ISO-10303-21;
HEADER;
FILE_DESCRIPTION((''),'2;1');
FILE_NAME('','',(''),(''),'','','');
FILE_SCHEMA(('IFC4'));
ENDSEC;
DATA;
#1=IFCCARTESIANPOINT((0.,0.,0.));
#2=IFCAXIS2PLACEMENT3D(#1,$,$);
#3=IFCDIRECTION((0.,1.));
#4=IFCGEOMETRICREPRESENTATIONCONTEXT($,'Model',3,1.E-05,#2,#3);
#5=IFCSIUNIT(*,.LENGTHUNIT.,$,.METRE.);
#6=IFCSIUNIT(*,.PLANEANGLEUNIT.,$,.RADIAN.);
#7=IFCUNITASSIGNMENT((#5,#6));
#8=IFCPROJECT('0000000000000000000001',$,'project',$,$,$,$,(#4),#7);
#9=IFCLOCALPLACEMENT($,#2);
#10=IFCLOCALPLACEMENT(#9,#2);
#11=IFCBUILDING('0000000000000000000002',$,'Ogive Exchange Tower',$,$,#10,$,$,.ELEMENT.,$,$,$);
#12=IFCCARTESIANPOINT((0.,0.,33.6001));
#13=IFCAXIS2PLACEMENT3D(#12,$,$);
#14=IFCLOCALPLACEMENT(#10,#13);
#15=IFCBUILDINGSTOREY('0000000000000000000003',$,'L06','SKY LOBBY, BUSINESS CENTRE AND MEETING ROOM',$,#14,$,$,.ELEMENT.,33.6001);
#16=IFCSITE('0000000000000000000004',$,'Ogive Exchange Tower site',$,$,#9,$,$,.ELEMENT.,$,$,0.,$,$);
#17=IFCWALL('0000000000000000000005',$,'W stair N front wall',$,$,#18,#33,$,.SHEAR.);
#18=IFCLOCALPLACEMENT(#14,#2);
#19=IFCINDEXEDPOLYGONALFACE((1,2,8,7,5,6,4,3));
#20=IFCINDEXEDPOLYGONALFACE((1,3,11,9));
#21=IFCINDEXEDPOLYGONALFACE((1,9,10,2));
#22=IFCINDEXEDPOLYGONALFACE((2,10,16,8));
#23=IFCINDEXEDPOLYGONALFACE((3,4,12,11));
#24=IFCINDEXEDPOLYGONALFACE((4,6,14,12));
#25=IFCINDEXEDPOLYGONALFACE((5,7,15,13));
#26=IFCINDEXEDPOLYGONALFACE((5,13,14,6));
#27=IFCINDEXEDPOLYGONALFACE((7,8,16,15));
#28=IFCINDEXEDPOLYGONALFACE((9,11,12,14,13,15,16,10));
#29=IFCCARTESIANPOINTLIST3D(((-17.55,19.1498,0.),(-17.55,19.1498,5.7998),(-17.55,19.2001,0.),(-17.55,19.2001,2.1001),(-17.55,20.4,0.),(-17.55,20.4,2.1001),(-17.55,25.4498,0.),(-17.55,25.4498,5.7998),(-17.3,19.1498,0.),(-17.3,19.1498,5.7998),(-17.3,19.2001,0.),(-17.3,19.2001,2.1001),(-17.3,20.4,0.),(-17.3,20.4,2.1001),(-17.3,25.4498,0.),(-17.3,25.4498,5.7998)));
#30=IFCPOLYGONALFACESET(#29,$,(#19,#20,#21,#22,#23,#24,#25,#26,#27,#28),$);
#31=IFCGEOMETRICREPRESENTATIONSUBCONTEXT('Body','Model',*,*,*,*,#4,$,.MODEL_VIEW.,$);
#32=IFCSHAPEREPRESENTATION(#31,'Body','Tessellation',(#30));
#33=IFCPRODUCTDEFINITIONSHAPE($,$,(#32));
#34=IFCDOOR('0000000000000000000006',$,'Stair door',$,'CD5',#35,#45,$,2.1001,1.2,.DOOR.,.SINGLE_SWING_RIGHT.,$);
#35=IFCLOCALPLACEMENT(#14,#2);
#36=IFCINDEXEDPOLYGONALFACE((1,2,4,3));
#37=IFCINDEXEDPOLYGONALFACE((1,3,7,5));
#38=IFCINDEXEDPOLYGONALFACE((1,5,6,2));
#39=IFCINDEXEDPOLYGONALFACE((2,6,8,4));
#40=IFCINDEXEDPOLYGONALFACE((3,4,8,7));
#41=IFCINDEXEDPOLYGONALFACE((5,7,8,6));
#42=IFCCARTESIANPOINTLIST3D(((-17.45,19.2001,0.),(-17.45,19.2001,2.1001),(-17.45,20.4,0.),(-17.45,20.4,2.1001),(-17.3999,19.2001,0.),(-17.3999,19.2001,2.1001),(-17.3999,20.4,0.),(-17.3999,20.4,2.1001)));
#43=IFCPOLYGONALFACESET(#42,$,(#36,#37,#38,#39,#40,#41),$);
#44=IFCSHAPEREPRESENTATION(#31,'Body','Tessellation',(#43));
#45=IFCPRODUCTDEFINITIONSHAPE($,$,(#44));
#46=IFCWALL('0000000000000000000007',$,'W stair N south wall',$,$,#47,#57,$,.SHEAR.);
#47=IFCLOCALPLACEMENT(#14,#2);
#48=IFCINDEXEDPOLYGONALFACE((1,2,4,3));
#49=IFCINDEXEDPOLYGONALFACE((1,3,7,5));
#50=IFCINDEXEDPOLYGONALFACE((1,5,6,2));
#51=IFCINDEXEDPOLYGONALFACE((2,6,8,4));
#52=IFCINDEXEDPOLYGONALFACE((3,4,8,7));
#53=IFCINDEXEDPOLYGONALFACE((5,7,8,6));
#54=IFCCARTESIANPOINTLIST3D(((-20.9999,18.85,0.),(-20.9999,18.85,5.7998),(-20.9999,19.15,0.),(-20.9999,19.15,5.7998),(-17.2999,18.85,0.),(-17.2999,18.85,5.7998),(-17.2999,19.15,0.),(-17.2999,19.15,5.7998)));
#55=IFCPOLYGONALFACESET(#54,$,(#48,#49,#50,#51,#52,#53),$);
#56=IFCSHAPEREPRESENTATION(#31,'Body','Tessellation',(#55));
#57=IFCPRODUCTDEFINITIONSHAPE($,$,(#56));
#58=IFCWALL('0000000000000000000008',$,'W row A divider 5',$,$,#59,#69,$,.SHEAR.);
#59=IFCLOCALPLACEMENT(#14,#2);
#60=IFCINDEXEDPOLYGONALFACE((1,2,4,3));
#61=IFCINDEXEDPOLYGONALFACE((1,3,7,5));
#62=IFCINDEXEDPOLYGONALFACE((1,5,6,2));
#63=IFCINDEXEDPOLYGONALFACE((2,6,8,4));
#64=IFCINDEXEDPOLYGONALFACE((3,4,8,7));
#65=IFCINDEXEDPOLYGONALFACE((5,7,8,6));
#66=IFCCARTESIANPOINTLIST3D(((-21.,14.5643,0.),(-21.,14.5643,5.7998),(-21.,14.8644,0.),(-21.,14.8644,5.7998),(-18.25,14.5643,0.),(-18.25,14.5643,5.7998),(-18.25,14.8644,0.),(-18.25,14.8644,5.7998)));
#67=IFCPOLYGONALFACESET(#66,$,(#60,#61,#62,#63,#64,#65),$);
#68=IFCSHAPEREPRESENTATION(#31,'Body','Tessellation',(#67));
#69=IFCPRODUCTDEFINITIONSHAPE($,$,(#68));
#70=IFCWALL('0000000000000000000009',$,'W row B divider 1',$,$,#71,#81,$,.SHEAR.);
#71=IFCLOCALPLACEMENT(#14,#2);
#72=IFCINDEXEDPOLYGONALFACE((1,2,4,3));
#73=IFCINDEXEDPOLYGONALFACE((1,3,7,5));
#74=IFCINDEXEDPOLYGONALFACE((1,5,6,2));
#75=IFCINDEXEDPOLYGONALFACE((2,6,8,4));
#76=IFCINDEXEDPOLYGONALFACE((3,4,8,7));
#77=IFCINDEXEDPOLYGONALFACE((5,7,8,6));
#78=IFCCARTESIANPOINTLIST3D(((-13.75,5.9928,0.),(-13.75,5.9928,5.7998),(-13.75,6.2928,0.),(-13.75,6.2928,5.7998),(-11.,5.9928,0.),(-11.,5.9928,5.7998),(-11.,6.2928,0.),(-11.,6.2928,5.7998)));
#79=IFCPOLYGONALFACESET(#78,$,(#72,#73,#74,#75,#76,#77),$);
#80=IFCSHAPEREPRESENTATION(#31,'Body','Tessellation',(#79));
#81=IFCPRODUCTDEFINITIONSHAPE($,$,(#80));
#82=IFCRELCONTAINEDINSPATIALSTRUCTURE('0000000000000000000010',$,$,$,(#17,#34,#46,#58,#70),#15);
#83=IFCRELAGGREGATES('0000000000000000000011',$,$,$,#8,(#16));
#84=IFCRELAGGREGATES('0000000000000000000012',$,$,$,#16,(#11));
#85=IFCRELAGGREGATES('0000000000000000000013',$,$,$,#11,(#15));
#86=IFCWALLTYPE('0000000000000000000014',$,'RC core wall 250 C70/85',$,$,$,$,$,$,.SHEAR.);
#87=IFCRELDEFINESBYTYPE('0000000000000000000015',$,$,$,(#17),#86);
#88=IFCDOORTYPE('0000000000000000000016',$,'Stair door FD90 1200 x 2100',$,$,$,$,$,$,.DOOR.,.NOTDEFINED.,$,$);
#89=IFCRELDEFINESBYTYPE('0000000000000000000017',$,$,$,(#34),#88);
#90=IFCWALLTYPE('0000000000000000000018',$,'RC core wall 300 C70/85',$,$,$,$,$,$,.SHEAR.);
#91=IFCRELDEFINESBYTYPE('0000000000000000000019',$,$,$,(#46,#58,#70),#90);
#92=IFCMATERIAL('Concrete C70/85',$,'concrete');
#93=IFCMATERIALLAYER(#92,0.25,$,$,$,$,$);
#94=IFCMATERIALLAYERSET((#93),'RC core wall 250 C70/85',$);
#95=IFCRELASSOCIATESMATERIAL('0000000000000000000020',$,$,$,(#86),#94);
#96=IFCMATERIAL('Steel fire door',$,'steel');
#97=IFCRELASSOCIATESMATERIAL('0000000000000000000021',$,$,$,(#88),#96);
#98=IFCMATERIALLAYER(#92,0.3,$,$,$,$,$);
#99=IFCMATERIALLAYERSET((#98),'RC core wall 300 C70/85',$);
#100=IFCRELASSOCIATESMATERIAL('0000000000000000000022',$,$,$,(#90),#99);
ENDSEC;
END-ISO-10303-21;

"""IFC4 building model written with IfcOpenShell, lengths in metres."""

from ifc_helpers import new_model, si_unit, direction, frame, frame_2d, origin, place, context, subcontext, project, spatial, rectangle, extrude, material, layer, layer_set, type_object, element, fill, save


model = new_model("IFC4")

# Units and contexts
model_context = context("Model", 3, precision=1e-05, world=origin(), true_north=direction((0.0, 1.0)))
body_context = subcontext(model_context, "Body", "Model", "MODEL_VIEW")
ifc_project = project(units=[si_unit("LENGTHUNIT", "METRE"), si_unit("PLANEANGLEUNIT", "RADIAN")], contexts=[model_context])

# Site, building, storey
site_placement = place(None, origin())
site = spatial("IfcSite", under=ifc_project, at=site_placement, Name="Ogive Exchange Tower site", CompositionType="ELEMENT", RefElevation=0.0)
building_placement = place(site_placement, origin())
building = spatial("IfcBuilding", under=site, at=building_placement, Name="Ogive Exchange Tower", CompositionType="ELEMENT")
storey_placement = place(building_placement, frame((0.0, 0.0, 33.6001)))
storey = spatial("IfcBuildingStorey", under=building, at=storey_placement, Name="L06", Description="SKY LOBBY, BUSINESS CENTRE AND MEETING ROOM", CompositionType="ELEMENT", Elevation=33.6001)

# Wall, opening, door
ifc_material_1 = material(Name="Concrete C70/85", Category="concrete")
ifc_layer_1 = layer(ifc_material_1, 0.25)
ifc_layer_set_1 = layer_set([ifc_layer_1], Name="RC core wall 250 C70/85")
wall_type_1 = type_object("IfcWallType", Name="RC core wall 250 C70/85", PredefinedType="SHEAR", material=ifc_layer_set_1)
wall_1_placement = place(storey_placement, frame((-17.425, 19.1499, 0.0), z_axis=(0.0, 0.0, 1.0), x_axis=(0.0, 1.0, 0.0)))
wall_1 = element("IfcWall", 1, at=wall_1_placement, inside=storey, type_object=wall_type_1, Name="W stair N front wall", PredefinedType="SHEAR", context=body_context, shape_type="SweptSolid", body=[
    extrude(rectangle(XDim=6.3, YDim=0.25, at=frame_2d((3.1499, 0.0))), origin(), (0.0, 0.0, 1.0), 5.7998),
])
opening_1_placement = place(wall_1_placement, frame((0.05, 0.0, 0.0)))
opening_1 = element("IfcOpeningElement", 2, at=opening_1_placement, cuts=wall_1, PredefinedType="OPENING", context=body_context, shape_type="SweptSolid", body=[
    extrude(rectangle(XDim=1.2, YDim=2.1001, at=frame_2d((0.6001, 1.05))), frame((0.0, 0.135, 0.0), z_axis=(0.0, -1.0, 0.0), x_axis=(1.0, 0.0, 0.0)), (0.0, 0.0, 1.0), 0.27),
])
ifc_material_2 = material(Name="Steel fire door", Category="steel")
door_type_1 = type_object("IfcDoorType", Name="Stair door FD90 1200 x 2100", OperationType="NOTDEFINED", PredefinedType="DOOR", material=ifc_material_2)
door_1_placement = place(opening_1_placement, origin())
door_1 = element("IfcDoor", 3, at=door_1_placement, inside=storey, type_object=door_type_1, Name="Stair door", ObjectType="CD5", OperationType="SINGLE_SWING_RIGHT", OverallHeight=2.1001, OverallWidth=1.2, PredefinedType="DOOR", context=body_context, shape_type="SweptSolid", body=[
    extrude(rectangle(XDim=1.2, YDim=2.1001, at=frame_2d((0.6001, 1.05))), frame((0.0, 0.0249, 0.0), z_axis=(0.0, -1.0, 0.0), x_axis=(1.0, 0.0, 0.0)), (0.0, 0.0, 1.0), 0.05),
])
fill(opening_1, door_1)

# Walls
ifc_layer_2 = layer(ifc_material_1, 0.3)
ifc_layer_set_2 = layer_set([ifc_layer_2], Name="RC core wall 300 C70/85")
wall_type_2 = type_object("IfcWallType", Name="RC core wall 300 C70/85", PredefinedType="SHEAR", material=ifc_layer_set_2)
wall_2_placement = place(storey_placement, frame((-21.0, 19.0, 0.0), z_axis=(0.0, 0.0, 1.0), x_axis=(1.0, 0.0, 0.0)))
element("IfcWall", 4, at=wall_2_placement, inside=storey, type_object=wall_type_2, Name="W stair N south wall", PredefinedType="SHEAR", context=body_context, shape_type="SweptSolid", body=[
    extrude(rectangle(XDim=3.7, YDim=0.3, at=frame_2d((1.8501, 0.0))), origin(), (0.0, 0.0, 1.0), 5.7998),
])
for number, where, z_axis, x_axis, name in (
    (5, (-21.0, 14.7144, 0.0), (0.0, 0.0, 1.0), (1.0, 0.0, 0.0), "W row A divider 5"),
    (6, (-13.75, 6.1428, 0.0), (0.0, 0.0, 1.0), (1.0, 0.0, 0.0), "W row B divider 1"),
):
    element("IfcWall", number, at=place(storey_placement, frame(where, z_axis=z_axis, x_axis=x_axis)), inside=storey, type_object=wall_type_2, Name=name, PredefinedType="SHEAR", context=body_context, shape_type="SweptSolid", body=[
        extrude(rectangle(XDim=2.75, YDim=0.3, at=frame_2d((1.375, 0.0))), origin(), (0.0, 0.0, 1.0), 5.7998),
    ])

save(model, "model.ifc")
